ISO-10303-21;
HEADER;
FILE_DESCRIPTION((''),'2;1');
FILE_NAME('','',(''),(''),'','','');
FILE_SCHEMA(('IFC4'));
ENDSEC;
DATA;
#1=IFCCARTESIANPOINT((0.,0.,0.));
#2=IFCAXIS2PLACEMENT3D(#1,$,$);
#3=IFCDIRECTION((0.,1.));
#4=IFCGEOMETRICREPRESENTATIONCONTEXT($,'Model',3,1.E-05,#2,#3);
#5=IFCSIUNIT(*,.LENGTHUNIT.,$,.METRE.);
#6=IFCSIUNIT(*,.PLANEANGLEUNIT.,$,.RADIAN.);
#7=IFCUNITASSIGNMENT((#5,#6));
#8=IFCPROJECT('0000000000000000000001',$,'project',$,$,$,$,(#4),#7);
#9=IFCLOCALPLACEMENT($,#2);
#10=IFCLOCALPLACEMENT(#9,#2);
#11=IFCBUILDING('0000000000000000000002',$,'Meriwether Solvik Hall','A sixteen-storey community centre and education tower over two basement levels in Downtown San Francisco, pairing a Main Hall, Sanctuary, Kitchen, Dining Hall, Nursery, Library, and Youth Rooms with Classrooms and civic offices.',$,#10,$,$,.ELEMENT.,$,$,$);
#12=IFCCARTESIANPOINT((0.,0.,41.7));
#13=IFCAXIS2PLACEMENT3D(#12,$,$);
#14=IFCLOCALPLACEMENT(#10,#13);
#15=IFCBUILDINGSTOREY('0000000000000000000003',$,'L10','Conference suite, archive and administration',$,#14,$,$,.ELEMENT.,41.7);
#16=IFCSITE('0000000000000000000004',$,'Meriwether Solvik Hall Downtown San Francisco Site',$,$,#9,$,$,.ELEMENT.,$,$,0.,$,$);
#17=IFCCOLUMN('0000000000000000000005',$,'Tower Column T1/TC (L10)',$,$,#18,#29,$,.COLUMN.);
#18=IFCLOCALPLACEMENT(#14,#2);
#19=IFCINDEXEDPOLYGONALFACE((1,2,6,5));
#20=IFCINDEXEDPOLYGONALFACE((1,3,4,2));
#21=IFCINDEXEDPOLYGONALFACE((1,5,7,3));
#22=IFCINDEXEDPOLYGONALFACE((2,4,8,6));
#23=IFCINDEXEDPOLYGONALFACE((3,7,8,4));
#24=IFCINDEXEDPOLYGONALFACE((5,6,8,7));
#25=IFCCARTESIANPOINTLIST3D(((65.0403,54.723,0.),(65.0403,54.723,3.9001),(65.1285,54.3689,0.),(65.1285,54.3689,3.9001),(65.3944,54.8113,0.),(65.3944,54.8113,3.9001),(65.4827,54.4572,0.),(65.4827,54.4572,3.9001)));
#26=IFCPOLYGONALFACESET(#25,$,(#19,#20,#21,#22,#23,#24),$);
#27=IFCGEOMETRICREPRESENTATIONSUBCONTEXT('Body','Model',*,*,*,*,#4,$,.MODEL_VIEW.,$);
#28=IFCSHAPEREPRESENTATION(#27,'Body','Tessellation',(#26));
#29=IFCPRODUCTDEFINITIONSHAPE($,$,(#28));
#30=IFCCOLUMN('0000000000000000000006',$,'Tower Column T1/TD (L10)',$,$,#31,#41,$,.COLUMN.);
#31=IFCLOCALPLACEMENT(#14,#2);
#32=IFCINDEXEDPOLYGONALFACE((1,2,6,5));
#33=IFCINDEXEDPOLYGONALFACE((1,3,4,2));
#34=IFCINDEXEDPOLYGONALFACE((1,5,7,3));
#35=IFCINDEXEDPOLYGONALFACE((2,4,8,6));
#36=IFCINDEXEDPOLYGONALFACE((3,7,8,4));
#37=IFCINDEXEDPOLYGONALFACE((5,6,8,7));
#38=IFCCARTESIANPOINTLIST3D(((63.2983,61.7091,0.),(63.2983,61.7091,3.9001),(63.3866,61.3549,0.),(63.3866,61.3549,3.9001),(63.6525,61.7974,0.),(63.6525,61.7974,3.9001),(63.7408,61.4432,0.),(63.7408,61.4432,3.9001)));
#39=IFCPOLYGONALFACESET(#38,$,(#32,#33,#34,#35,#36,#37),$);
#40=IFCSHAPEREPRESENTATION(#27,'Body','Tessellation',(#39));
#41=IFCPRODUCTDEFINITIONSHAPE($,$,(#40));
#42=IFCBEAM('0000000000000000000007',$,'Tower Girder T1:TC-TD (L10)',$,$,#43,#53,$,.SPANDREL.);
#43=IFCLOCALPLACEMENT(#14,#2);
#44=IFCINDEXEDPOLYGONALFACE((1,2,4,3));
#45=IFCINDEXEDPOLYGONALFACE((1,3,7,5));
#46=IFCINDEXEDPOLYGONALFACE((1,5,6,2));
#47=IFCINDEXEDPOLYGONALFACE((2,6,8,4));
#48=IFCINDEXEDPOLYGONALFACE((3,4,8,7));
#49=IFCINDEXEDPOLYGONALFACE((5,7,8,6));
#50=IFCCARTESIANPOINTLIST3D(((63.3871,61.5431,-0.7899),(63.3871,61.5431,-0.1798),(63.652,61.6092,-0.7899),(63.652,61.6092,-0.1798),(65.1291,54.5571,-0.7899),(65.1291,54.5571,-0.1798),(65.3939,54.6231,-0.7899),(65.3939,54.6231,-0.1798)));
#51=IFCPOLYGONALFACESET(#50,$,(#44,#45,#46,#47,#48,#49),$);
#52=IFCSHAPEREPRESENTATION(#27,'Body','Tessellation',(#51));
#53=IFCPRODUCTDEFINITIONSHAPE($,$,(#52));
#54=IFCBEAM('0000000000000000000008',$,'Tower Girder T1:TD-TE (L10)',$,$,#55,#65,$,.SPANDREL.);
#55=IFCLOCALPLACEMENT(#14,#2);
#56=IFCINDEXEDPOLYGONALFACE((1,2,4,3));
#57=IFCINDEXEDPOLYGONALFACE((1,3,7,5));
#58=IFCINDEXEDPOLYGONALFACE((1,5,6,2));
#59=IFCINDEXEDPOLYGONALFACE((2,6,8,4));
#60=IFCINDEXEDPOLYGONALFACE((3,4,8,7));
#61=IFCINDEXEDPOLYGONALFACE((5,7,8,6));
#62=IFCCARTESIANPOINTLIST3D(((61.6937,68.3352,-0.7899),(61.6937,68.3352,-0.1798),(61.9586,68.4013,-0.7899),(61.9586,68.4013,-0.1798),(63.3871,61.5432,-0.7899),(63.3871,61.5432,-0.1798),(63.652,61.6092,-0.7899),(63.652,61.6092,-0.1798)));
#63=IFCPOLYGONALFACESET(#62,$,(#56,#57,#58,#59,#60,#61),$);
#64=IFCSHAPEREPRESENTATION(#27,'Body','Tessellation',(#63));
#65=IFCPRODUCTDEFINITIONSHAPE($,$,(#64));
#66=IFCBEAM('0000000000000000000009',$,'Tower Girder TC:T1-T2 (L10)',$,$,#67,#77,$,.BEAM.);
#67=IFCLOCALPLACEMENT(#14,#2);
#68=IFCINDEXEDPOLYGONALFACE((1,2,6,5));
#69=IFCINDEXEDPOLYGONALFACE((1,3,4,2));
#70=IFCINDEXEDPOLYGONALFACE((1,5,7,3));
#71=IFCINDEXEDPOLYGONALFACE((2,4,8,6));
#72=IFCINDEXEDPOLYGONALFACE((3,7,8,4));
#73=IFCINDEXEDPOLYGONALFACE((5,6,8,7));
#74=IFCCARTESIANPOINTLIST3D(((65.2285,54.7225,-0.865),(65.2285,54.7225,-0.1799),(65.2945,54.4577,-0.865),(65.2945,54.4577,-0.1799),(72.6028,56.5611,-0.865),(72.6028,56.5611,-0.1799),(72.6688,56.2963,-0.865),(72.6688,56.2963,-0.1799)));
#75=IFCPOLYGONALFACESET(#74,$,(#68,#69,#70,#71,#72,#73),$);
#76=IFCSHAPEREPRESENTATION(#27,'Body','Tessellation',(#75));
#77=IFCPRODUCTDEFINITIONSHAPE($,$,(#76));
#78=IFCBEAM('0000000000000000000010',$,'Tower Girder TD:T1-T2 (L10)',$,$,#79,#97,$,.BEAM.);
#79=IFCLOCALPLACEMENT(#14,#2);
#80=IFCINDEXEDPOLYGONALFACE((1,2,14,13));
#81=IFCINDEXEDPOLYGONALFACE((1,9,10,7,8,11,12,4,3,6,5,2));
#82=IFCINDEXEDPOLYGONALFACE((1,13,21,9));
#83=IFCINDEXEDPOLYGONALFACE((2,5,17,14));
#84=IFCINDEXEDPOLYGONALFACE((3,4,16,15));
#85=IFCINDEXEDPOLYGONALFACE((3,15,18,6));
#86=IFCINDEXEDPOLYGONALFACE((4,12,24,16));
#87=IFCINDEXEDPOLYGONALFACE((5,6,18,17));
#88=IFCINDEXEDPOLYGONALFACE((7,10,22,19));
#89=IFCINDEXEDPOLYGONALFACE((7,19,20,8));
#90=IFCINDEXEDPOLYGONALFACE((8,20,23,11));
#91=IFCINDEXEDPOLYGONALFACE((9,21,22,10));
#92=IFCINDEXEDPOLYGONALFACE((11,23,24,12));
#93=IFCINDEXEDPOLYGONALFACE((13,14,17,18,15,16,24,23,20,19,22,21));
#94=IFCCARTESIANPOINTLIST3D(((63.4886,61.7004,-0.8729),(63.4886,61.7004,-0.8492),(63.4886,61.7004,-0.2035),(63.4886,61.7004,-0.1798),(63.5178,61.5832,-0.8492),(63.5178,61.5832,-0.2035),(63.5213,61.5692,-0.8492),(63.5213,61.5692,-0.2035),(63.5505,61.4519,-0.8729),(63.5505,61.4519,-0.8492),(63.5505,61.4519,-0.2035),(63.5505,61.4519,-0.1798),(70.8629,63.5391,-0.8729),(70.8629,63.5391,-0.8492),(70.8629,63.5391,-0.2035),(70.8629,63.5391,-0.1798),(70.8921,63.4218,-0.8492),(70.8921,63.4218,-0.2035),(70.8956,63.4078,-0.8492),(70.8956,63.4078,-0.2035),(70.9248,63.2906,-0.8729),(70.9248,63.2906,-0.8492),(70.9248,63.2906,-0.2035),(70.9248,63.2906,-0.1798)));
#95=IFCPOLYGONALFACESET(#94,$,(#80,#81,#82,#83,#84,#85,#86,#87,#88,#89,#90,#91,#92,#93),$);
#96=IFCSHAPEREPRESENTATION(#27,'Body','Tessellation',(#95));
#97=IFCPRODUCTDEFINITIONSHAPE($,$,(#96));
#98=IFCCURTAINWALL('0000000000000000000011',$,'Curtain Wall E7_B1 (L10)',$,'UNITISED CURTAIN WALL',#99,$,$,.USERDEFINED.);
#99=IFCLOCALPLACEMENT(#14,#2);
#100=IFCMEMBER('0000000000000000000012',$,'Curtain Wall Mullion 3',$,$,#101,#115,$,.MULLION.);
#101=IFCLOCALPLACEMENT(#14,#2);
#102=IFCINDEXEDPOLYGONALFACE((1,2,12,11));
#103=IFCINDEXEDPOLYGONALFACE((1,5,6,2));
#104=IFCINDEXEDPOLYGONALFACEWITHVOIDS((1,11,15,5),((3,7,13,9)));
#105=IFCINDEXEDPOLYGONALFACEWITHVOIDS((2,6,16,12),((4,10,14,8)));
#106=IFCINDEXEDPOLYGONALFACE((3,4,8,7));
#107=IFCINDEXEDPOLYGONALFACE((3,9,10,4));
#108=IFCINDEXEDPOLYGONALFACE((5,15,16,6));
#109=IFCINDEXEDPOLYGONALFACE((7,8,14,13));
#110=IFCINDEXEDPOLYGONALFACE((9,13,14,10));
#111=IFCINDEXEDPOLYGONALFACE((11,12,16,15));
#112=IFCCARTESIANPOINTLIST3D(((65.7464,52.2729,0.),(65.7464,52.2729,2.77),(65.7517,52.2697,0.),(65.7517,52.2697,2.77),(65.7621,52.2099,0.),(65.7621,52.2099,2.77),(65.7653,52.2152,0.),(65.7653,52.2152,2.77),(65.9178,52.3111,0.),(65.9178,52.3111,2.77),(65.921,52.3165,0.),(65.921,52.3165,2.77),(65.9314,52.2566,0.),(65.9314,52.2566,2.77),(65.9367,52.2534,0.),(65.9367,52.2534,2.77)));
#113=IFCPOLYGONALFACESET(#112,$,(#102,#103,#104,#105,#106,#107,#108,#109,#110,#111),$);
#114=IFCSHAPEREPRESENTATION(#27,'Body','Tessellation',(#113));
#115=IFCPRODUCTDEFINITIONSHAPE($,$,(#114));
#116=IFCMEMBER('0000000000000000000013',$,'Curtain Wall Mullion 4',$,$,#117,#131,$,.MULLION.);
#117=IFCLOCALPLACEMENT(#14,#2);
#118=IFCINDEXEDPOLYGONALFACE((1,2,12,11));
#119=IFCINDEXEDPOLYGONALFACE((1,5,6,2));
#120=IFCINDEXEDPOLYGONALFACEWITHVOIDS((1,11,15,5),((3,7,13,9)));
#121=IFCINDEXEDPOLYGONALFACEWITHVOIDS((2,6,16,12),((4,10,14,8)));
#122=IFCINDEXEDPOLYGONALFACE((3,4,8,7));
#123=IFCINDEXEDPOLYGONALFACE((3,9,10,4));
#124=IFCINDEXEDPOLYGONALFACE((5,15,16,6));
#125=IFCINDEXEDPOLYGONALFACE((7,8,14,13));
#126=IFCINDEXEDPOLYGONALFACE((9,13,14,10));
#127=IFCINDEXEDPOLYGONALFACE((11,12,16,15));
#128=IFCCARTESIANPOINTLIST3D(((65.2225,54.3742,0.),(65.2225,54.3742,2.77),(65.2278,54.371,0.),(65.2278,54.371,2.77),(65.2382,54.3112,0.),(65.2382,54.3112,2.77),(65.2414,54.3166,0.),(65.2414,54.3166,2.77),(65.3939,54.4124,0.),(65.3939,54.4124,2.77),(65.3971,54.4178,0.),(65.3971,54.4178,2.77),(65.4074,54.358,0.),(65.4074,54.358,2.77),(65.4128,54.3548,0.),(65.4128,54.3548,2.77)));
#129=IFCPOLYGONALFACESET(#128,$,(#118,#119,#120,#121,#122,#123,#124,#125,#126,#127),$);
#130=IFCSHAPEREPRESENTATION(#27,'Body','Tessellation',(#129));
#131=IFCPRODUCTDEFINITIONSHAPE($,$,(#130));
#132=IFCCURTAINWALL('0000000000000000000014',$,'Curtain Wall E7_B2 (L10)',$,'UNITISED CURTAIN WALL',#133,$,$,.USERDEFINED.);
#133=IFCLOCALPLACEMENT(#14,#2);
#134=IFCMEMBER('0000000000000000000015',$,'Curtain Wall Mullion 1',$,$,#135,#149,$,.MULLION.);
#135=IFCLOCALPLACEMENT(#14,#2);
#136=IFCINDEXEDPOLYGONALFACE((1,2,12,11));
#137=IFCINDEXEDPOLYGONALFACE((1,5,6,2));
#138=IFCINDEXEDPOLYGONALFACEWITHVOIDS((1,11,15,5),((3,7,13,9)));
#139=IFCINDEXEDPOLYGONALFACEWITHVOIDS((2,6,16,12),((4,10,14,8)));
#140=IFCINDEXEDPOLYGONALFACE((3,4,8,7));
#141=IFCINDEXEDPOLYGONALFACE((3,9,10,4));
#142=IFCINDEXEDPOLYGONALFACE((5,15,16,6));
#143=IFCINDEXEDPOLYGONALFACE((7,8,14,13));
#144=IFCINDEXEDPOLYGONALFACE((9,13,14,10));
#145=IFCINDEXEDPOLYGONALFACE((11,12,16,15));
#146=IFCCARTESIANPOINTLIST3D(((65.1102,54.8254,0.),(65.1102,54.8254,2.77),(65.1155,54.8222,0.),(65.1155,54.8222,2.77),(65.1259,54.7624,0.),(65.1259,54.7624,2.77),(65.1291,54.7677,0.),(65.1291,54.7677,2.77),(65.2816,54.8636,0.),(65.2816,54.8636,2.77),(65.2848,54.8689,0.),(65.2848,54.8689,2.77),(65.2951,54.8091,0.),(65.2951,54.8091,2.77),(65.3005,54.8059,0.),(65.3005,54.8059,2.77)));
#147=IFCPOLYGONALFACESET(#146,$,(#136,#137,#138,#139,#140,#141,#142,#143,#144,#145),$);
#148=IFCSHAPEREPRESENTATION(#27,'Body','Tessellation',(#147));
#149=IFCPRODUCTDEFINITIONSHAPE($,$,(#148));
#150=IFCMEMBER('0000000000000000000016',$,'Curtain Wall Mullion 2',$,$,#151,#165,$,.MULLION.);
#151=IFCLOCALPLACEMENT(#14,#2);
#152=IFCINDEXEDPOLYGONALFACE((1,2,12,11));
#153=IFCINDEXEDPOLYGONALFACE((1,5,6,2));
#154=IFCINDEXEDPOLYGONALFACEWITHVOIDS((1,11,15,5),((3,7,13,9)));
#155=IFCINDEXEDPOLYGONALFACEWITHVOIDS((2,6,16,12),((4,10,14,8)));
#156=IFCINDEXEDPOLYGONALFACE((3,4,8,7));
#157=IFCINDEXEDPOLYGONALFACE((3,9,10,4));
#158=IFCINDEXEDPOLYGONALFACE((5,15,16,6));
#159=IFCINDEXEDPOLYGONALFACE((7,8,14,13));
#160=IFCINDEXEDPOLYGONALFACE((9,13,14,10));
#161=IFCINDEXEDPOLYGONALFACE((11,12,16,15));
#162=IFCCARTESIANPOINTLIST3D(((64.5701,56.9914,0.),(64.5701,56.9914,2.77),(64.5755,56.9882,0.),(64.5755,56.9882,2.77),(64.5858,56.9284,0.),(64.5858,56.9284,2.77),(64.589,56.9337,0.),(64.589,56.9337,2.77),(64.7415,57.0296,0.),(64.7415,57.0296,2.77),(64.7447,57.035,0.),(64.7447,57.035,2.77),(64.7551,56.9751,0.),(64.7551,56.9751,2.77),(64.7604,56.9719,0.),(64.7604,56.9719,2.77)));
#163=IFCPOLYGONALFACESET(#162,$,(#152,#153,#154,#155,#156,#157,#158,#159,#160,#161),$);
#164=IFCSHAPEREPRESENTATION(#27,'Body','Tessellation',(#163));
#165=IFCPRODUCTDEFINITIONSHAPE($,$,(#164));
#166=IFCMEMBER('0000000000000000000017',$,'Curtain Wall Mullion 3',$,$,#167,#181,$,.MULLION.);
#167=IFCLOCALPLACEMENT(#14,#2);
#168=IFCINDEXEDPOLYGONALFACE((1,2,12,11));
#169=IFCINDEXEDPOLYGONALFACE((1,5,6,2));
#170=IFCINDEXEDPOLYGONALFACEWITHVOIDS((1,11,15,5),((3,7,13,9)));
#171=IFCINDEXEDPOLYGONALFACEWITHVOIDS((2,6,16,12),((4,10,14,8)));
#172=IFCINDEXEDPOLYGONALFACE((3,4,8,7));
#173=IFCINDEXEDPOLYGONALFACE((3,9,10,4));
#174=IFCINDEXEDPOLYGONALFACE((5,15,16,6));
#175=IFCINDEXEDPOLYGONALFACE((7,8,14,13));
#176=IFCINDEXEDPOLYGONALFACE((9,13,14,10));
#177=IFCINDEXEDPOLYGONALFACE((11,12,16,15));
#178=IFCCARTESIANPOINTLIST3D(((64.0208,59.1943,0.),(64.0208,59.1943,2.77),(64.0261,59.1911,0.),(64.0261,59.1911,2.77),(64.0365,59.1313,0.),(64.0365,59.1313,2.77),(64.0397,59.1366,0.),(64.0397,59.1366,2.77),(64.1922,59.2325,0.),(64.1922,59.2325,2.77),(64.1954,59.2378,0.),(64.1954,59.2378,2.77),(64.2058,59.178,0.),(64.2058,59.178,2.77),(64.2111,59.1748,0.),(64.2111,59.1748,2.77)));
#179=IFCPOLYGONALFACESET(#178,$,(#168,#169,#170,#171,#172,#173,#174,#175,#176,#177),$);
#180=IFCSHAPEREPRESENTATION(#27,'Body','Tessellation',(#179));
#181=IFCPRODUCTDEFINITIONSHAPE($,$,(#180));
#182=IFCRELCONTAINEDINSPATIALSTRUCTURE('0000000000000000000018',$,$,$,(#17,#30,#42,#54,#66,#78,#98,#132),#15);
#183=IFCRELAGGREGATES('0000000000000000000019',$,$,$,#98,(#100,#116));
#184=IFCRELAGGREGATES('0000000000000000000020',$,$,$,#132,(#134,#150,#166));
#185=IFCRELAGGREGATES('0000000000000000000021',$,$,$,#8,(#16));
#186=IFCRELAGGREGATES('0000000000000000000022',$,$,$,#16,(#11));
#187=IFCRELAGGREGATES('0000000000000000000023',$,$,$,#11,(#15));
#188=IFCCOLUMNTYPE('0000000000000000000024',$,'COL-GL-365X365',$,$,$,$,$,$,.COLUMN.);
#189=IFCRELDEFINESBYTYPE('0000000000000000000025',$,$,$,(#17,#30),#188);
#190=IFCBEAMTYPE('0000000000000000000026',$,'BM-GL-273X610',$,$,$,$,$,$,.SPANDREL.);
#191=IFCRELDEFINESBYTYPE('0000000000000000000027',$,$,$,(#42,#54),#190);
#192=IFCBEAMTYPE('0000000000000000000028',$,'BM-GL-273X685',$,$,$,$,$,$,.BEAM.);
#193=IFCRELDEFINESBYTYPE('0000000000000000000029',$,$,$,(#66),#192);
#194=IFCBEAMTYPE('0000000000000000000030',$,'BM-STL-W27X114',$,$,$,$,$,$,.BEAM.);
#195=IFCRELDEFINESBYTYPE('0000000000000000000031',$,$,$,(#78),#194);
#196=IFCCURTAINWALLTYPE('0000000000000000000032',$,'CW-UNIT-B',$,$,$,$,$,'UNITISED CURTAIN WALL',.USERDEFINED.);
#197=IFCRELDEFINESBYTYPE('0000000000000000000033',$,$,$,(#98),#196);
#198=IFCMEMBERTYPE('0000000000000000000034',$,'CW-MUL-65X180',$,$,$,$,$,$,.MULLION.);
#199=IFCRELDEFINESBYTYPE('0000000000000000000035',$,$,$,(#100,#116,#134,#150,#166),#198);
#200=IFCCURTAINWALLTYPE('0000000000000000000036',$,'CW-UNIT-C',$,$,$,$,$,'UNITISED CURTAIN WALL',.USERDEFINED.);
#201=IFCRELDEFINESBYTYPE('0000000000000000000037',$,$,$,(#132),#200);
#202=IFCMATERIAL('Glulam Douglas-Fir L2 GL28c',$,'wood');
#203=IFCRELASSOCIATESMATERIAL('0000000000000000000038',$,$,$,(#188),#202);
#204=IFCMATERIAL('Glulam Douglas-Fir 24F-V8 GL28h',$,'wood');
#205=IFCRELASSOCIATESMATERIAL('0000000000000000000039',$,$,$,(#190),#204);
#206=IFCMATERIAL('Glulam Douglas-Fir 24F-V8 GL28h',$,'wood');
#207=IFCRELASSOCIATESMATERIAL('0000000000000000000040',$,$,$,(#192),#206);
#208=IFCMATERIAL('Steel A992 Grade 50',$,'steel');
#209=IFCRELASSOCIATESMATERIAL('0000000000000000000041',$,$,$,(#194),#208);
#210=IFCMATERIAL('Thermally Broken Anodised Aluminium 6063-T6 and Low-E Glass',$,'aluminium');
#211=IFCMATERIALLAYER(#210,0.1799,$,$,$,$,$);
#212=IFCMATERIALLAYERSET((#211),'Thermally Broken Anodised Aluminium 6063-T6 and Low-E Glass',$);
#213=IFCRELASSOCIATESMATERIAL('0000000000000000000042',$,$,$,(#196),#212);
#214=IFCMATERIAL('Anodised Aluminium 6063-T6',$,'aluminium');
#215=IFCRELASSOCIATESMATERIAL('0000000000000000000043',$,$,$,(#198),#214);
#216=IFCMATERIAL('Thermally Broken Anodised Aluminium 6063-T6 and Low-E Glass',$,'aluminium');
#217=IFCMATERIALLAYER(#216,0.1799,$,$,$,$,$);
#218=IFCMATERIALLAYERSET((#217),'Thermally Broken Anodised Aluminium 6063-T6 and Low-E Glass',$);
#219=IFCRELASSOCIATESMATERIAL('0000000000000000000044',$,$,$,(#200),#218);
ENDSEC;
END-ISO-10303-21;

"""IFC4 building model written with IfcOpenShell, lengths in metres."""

from ifc_helpers import new_model, si_unit, direction, frame, origin, origin_2d, place, context, subcontext, project, spatial, rectangle, hollow_rectangle, i_section, extrude, material, layer, layer_set, material_profile, profile_set, type_object, element, aggregate, save


model = new_model("IFC4")

# Units and contexts
model_context = context("Model", 3, precision=1e-05, world=origin(), true_north=direction((0.0, 1.0)))
body_context = subcontext(model_context, "Body", "Model", "MODEL_VIEW")
ifc_project = project(units=[si_unit("LENGTHUNIT", "METRE"), si_unit("PLANEANGLEUNIT", "RADIAN")], contexts=[model_context])

# Site, building, storey
site_placement = place(None, origin())
site = spatial("IfcSite", under=ifc_project, at=site_placement, Name="Meriwether Solvik Hall Downtown San Francisco Site", CompositionType="ELEMENT", RefElevation=0.0)
building_placement = place(site_placement, origin())
building = spatial("IfcBuilding", under=site, at=building_placement, Name="Meriwether Solvik Hall", Description="A sixteen-storey community centre and education tower over two basement levels in Downtown San Francisco, pairing a Main Hall, Sanctuary, Kitchen, Dining Hall, Nursery, Library, and Youth Rooms with Classrooms and civic offices.", CompositionType="ELEMENT")
storey_placement = place(building_placement, frame((0.0, 0.0, 41.7)))
storey = spatial("IfcBuildingStorey", under=building, at=storey_placement, Name="L10", Description="Conference suite, archive and administration", CompositionType="ELEMENT", Elevation=41.7)

# Columns
ifc_material_1 = material(Name="Glulam Douglas-Fir L2 GL28c", Category="wood")
ifc_material_profile_1 = material_profile(ifc_material_1, rectangle(XDim=0.365, YDim=0.365, at=origin_2d()), Name="GLC-365X365")
ifc_profile_set_1 = profile_set([ifc_material_profile_1], Name="Glulam Douglas-Fir L2 GL28c")
column_type = type_object("IfcColumnType", Name="COL-GL-365X365", PredefinedType="COLUMN", material=ifc_profile_set_1)
for number, where, z_axis, x_axis, name in (
    (1, (65.2615, 54.5901, 0.0), (0.0, 0.0, 1.0), (0.970296, 0.241922, 0.0), "Tower Column T1/TC (L10)"),
    (2, (63.5195, 61.5762, 0.0), (0.0, 0.0, 1.0), (0.970296, 0.241922, 0.0), "Tower Column T1/TD (L10)"),
):
    element("IfcColumn", number, at=place(storey_placement, frame(where, z_axis=z_axis, x_axis=x_axis)), inside=storey, type_object=column_type, Name=name, PredefinedType="COLUMN", context=body_context, shape_type="SweptSolid", body=[
        extrude(rectangle(XDim=0.365, YDim=0.365, at=origin_2d()), origin(), (0.0, 0.0, 1.0), 3.9001),
    ])

# Beams
ifc_material_2 = material(Name="Glulam Douglas-Fir 24F-V8 GL28h", Category="wood")
ifc_material_profile_2 = material_profile(ifc_material_2, rectangle(XDim=0.2729, YDim=0.6101, at=origin_2d()), Name="GLB-273X610")
ifc_profile_set_2 = profile_set([ifc_material_profile_2], Name="Glulam Douglas-Fir 24F-V8 GL28h")
beam_type_1 = type_object("IfcBeamType", Name="BM-GL-273X610", PredefinedType="SPANDREL", material=ifc_profile_set_2)
beam_1_placement = place(storey_placement, frame((65.2615, 54.5901, -0.4849), z_axis=(-0.241937, 0.970292, 0.0), x_axis=(-0.970292, -0.241937, 0.0)))
element("IfcBeam", 3, at=beam_1_placement, inside=storey, type_object=beam_type_1, Name="Tower Girder T1:TC-TD (L10)", PredefinedType="SPANDREL", context=body_context, shape_type="SweptSolid", body=[
    extrude(rectangle(XDim=0.2729, YDim=0.6101, at=origin_2d()), origin(), (0.0, 0.0, 1.0), 7.2),
])
beam_2_placement = place(storey_placement, frame((63.5195, 61.5762, -0.4849), z_axis=(-0.241912, 0.970298, 0.0), x_axis=(-0.970298, -0.241912, 0.0)))
element("IfcBeam", 4, at=beam_2_placement, inside=storey, type_object=beam_type_1, Name="Tower Girder T1:TD-TE (L10)", PredefinedType="SPANDREL", context=body_context, shape_type="SweptSolid", body=[
    extrude(rectangle(XDim=0.2729, YDim=0.6101, at=origin_2d()), origin(), (0.0, 0.0, 1.0), 7.0),
])
ifc_material_3 = material(Name="Glulam Douglas-Fir 24F-V8 GL28h", Category="wood")
ifc_material_profile_3 = material_profile(ifc_material_3, rectangle(XDim=0.2729, YDim=0.6851, at=origin_2d()), Name="GLB-273X685")
ifc_profile_set_3 = profile_set([ifc_material_profile_3], Name="Glulam Douglas-Fir 24F-V8 GL28h")
beam_type_2 = type_object("IfcBeamType", Name="BM-GL-273X685", PredefinedType="BEAM", material=ifc_profile_set_3)
beam_3_placement = place(storey_placement, frame((65.2615, 54.5901, -0.5225), z_axis=(0.970295, 0.241923, 0.0), x_axis=(-0.241923, 0.970295, 0.0)))
element("IfcBeam", 5, at=beam_3_placement, inside=storey, type_object=beam_type_2, Name="Tower Girder TC:T1-T2 (L10)", PredefinedType="BEAM", context=body_context, shape_type="SweptSolid", body=[
    extrude(rectangle(XDim=0.2729, YDim=0.6851, at=origin_2d()), origin(), (0.0, 0.0, 1.0), 7.6001),
])
ifc_material_4 = material(Name="Steel A992 Grade 50", Category="steel")
ifc_material_profile_4 = material_profile(ifc_material_4, i_section(OverallWidth=0.2561, OverallDepth=0.6931, WebThickness=0.0144, FlangeThickness=0.0237, at=origin_2d()), Name="W27X114")
ifc_profile_set_4 = profile_set([ifc_material_profile_4], Name="Steel A992 Grade 50")
beam_type_3 = type_object("IfcBeamType", Name="BM-STL-W27X114", PredefinedType="BEAM", material=ifc_profile_set_4)
beam_4_placement = place(storey_placement, frame((63.5195, 61.5762, -0.5264), z_axis=(0.970295, 0.241923, 0.0), x_axis=(-0.241923, 0.970295, 0.0)))
element("IfcBeam", 6, at=beam_4_placement, inside=storey, type_object=beam_type_3, Name="Tower Girder TD:T1-T2 (L10)", PredefinedType="BEAM", context=body_context, shape_type="SweptSolid", body=[
    extrude(i_section(OverallWidth=0.2561, OverallDepth=0.6931, WebThickness=0.0144, FlangeThickness=0.0237, at=origin_2d()), origin(), (0.0, 0.0, 1.0), 7.6001),
])

# Curtain walls, members
ifc_material_5 = material(Name="Thermally Broken Anodised Aluminium 6063-T6 and Low-E Glass", Category="aluminium")
ifc_layer_1 = layer(ifc_material_5, 0.1799)
ifc_layer_set_1 = layer_set([ifc_layer_1], Name="Thermally Broken Anodised Aluminium 6063-T6 and Low-E Glass")
curtain_wall_type_1 = type_object("IfcCurtainWallType", Name="CW-UNIT-B", ElementType="UNITISED CURTAIN WALL", PredefinedType="USERDEFINED", material=ifc_layer_set_1)
curtain_wall_1_placement = place(storey_placement, origin())
curtain_wall_1 = element("IfcCurtainWall", 7, at=curtain_wall_1_placement, inside=storey, type_object=curtain_wall_type_1, Name="Curtain Wall E7_B1 (L10)", ObjectType="UNITISED CURTAIN WALL", PredefinedType="USERDEFINED")
ifc_material_6 = material(Name="Anodised Aluminium 6063-T6", Category="aluminium")
ifc_material_profile_5 = material_profile(ifc_material_6, hollow_rectangle(XDim=0.0649, YDim=0.1799, WallThickness=0.0044, at=origin_2d()), Name="CWM-65X180")
ifc_profile_set_5 = profile_set([ifc_material_profile_5], Name="Anodised Aluminium 6063-T6")
member_type_1 = type_object("IfcMemberType", Name="CW-MUL-65X180", PredefinedType="MULLION", material=ifc_profile_set_5)
member_1_placement = place(storey_placement, frame((65.8416, 52.2632, 0.0), z_axis=(0.0, 0.0, 1.0), x_axis=(-0.241922, 0.970296, 0.0)))
member_1 = element("IfcMember", 8, at=member_1_placement, type_object=member_type_1, Name="Curtain Wall Mullion 3", PredefinedType="MULLION", context=body_context, shape_type="SweptSolid", body=[
    extrude(hollow_rectangle(XDim=0.0649, YDim=0.1799, WallThickness=0.0044, at=origin_2d()), origin(), (0.0, 0.0, 1.0), 2.77),
])
member_2_placement = place(storey_placement, frame((65.3176, 54.3645, 0.0), z_axis=(0.0, 0.0, 1.0), x_axis=(-0.241922, 0.970296, 0.0)))
member_2 = element("IfcMember", 9, at=member_2_placement, type_object=member_type_1, Name="Curtain Wall Mullion 4", PredefinedType="MULLION", context=body_context, shape_type="SweptSolid", body=[
    extrude(hollow_rectangle(XDim=0.0649, YDim=0.1799, WallThickness=0.0044, at=origin_2d()), origin(), (0.0, 0.0, 1.0), 2.77),
])
ifc_material_7 = material(Name="Thermally Broken Anodised Aluminium 6063-T6 and Low-E Glass", Category="aluminium")
ifc_layer_2 = layer(ifc_material_7, 0.1799)
ifc_layer_set_2 = layer_set([ifc_layer_2], Name="Thermally Broken Anodised Aluminium 6063-T6 and Low-E Glass")
curtain_wall_type_2 = type_object("IfcCurtainWallType", Name="CW-UNIT-C", ElementType="UNITISED CURTAIN WALL", PredefinedType="USERDEFINED", material=ifc_layer_set_2)
curtain_wall_2_placement = place(storey_placement, origin())
curtain_wall_2 = element("IfcCurtainWall", 10, at=curtain_wall_2_placement, inside=storey, type_object=curtain_wall_type_2, Name="Curtain Wall E7_B2 (L10)", ObjectType="UNITISED CURTAIN WALL", PredefinedType="USERDEFINED")
member_3_placement = place(storey_placement, frame((65.2053, 54.8157, 0.0), z_axis=(0.0, 0.0, 1.0), x_axis=(-0.241922, 0.970296, 0.0)))
member_3 = element("IfcMember", 11, at=member_3_placement, type_object=member_type_1, Name="Curtain Wall Mullion 1", PredefinedType="MULLION", context=body_context, shape_type="SweptSolid", body=[
    extrude(hollow_rectangle(XDim=0.0649, YDim=0.1799, WallThickness=0.0044, at=origin_2d()), origin(), (0.0, 0.0, 1.0), 2.77),
])
member_4_placement = place(storey_placement, frame((64.6653, 56.9817, 0.0), z_axis=(0.0, 0.0, 1.0), x_axis=(-0.241922, 0.970296, 0.0)))
member_4 = element("IfcMember", 12, at=member_4_placement, type_object=member_type_1, Name="Curtain Wall Mullion 2", PredefinedType="MULLION", context=body_context, shape_type="SweptSolid", body=[
    extrude(hollow_rectangle(XDim=0.0649, YDim=0.1799, WallThickness=0.0044, at=origin_2d()), origin(), (0.0, 0.0, 1.0), 2.77),
])
member_5_placement = place(storey_placement, frame((64.116, 59.1846, 0.0), z_axis=(0.0, 0.0, 1.0), x_axis=(-0.241922, 0.970296, 0.0)))
member_5 = element("IfcMember", 13, at=member_5_placement, type_object=member_type_1, Name="Curtain Wall Mullion 3", PredefinedType="MULLION", context=body_context, shape_type="SweptSolid", body=[
    extrude(hollow_rectangle(XDim=0.0649, YDim=0.1799, WallThickness=0.0044, at=origin_2d()), origin(), (0.0, 0.0, 1.0), 2.77),
])

aggregate(curtain_wall_1, [member_1, member_2])
aggregate(curtain_wall_2, [member_3, member_4, member_5])

save(model, "model.ifc")
